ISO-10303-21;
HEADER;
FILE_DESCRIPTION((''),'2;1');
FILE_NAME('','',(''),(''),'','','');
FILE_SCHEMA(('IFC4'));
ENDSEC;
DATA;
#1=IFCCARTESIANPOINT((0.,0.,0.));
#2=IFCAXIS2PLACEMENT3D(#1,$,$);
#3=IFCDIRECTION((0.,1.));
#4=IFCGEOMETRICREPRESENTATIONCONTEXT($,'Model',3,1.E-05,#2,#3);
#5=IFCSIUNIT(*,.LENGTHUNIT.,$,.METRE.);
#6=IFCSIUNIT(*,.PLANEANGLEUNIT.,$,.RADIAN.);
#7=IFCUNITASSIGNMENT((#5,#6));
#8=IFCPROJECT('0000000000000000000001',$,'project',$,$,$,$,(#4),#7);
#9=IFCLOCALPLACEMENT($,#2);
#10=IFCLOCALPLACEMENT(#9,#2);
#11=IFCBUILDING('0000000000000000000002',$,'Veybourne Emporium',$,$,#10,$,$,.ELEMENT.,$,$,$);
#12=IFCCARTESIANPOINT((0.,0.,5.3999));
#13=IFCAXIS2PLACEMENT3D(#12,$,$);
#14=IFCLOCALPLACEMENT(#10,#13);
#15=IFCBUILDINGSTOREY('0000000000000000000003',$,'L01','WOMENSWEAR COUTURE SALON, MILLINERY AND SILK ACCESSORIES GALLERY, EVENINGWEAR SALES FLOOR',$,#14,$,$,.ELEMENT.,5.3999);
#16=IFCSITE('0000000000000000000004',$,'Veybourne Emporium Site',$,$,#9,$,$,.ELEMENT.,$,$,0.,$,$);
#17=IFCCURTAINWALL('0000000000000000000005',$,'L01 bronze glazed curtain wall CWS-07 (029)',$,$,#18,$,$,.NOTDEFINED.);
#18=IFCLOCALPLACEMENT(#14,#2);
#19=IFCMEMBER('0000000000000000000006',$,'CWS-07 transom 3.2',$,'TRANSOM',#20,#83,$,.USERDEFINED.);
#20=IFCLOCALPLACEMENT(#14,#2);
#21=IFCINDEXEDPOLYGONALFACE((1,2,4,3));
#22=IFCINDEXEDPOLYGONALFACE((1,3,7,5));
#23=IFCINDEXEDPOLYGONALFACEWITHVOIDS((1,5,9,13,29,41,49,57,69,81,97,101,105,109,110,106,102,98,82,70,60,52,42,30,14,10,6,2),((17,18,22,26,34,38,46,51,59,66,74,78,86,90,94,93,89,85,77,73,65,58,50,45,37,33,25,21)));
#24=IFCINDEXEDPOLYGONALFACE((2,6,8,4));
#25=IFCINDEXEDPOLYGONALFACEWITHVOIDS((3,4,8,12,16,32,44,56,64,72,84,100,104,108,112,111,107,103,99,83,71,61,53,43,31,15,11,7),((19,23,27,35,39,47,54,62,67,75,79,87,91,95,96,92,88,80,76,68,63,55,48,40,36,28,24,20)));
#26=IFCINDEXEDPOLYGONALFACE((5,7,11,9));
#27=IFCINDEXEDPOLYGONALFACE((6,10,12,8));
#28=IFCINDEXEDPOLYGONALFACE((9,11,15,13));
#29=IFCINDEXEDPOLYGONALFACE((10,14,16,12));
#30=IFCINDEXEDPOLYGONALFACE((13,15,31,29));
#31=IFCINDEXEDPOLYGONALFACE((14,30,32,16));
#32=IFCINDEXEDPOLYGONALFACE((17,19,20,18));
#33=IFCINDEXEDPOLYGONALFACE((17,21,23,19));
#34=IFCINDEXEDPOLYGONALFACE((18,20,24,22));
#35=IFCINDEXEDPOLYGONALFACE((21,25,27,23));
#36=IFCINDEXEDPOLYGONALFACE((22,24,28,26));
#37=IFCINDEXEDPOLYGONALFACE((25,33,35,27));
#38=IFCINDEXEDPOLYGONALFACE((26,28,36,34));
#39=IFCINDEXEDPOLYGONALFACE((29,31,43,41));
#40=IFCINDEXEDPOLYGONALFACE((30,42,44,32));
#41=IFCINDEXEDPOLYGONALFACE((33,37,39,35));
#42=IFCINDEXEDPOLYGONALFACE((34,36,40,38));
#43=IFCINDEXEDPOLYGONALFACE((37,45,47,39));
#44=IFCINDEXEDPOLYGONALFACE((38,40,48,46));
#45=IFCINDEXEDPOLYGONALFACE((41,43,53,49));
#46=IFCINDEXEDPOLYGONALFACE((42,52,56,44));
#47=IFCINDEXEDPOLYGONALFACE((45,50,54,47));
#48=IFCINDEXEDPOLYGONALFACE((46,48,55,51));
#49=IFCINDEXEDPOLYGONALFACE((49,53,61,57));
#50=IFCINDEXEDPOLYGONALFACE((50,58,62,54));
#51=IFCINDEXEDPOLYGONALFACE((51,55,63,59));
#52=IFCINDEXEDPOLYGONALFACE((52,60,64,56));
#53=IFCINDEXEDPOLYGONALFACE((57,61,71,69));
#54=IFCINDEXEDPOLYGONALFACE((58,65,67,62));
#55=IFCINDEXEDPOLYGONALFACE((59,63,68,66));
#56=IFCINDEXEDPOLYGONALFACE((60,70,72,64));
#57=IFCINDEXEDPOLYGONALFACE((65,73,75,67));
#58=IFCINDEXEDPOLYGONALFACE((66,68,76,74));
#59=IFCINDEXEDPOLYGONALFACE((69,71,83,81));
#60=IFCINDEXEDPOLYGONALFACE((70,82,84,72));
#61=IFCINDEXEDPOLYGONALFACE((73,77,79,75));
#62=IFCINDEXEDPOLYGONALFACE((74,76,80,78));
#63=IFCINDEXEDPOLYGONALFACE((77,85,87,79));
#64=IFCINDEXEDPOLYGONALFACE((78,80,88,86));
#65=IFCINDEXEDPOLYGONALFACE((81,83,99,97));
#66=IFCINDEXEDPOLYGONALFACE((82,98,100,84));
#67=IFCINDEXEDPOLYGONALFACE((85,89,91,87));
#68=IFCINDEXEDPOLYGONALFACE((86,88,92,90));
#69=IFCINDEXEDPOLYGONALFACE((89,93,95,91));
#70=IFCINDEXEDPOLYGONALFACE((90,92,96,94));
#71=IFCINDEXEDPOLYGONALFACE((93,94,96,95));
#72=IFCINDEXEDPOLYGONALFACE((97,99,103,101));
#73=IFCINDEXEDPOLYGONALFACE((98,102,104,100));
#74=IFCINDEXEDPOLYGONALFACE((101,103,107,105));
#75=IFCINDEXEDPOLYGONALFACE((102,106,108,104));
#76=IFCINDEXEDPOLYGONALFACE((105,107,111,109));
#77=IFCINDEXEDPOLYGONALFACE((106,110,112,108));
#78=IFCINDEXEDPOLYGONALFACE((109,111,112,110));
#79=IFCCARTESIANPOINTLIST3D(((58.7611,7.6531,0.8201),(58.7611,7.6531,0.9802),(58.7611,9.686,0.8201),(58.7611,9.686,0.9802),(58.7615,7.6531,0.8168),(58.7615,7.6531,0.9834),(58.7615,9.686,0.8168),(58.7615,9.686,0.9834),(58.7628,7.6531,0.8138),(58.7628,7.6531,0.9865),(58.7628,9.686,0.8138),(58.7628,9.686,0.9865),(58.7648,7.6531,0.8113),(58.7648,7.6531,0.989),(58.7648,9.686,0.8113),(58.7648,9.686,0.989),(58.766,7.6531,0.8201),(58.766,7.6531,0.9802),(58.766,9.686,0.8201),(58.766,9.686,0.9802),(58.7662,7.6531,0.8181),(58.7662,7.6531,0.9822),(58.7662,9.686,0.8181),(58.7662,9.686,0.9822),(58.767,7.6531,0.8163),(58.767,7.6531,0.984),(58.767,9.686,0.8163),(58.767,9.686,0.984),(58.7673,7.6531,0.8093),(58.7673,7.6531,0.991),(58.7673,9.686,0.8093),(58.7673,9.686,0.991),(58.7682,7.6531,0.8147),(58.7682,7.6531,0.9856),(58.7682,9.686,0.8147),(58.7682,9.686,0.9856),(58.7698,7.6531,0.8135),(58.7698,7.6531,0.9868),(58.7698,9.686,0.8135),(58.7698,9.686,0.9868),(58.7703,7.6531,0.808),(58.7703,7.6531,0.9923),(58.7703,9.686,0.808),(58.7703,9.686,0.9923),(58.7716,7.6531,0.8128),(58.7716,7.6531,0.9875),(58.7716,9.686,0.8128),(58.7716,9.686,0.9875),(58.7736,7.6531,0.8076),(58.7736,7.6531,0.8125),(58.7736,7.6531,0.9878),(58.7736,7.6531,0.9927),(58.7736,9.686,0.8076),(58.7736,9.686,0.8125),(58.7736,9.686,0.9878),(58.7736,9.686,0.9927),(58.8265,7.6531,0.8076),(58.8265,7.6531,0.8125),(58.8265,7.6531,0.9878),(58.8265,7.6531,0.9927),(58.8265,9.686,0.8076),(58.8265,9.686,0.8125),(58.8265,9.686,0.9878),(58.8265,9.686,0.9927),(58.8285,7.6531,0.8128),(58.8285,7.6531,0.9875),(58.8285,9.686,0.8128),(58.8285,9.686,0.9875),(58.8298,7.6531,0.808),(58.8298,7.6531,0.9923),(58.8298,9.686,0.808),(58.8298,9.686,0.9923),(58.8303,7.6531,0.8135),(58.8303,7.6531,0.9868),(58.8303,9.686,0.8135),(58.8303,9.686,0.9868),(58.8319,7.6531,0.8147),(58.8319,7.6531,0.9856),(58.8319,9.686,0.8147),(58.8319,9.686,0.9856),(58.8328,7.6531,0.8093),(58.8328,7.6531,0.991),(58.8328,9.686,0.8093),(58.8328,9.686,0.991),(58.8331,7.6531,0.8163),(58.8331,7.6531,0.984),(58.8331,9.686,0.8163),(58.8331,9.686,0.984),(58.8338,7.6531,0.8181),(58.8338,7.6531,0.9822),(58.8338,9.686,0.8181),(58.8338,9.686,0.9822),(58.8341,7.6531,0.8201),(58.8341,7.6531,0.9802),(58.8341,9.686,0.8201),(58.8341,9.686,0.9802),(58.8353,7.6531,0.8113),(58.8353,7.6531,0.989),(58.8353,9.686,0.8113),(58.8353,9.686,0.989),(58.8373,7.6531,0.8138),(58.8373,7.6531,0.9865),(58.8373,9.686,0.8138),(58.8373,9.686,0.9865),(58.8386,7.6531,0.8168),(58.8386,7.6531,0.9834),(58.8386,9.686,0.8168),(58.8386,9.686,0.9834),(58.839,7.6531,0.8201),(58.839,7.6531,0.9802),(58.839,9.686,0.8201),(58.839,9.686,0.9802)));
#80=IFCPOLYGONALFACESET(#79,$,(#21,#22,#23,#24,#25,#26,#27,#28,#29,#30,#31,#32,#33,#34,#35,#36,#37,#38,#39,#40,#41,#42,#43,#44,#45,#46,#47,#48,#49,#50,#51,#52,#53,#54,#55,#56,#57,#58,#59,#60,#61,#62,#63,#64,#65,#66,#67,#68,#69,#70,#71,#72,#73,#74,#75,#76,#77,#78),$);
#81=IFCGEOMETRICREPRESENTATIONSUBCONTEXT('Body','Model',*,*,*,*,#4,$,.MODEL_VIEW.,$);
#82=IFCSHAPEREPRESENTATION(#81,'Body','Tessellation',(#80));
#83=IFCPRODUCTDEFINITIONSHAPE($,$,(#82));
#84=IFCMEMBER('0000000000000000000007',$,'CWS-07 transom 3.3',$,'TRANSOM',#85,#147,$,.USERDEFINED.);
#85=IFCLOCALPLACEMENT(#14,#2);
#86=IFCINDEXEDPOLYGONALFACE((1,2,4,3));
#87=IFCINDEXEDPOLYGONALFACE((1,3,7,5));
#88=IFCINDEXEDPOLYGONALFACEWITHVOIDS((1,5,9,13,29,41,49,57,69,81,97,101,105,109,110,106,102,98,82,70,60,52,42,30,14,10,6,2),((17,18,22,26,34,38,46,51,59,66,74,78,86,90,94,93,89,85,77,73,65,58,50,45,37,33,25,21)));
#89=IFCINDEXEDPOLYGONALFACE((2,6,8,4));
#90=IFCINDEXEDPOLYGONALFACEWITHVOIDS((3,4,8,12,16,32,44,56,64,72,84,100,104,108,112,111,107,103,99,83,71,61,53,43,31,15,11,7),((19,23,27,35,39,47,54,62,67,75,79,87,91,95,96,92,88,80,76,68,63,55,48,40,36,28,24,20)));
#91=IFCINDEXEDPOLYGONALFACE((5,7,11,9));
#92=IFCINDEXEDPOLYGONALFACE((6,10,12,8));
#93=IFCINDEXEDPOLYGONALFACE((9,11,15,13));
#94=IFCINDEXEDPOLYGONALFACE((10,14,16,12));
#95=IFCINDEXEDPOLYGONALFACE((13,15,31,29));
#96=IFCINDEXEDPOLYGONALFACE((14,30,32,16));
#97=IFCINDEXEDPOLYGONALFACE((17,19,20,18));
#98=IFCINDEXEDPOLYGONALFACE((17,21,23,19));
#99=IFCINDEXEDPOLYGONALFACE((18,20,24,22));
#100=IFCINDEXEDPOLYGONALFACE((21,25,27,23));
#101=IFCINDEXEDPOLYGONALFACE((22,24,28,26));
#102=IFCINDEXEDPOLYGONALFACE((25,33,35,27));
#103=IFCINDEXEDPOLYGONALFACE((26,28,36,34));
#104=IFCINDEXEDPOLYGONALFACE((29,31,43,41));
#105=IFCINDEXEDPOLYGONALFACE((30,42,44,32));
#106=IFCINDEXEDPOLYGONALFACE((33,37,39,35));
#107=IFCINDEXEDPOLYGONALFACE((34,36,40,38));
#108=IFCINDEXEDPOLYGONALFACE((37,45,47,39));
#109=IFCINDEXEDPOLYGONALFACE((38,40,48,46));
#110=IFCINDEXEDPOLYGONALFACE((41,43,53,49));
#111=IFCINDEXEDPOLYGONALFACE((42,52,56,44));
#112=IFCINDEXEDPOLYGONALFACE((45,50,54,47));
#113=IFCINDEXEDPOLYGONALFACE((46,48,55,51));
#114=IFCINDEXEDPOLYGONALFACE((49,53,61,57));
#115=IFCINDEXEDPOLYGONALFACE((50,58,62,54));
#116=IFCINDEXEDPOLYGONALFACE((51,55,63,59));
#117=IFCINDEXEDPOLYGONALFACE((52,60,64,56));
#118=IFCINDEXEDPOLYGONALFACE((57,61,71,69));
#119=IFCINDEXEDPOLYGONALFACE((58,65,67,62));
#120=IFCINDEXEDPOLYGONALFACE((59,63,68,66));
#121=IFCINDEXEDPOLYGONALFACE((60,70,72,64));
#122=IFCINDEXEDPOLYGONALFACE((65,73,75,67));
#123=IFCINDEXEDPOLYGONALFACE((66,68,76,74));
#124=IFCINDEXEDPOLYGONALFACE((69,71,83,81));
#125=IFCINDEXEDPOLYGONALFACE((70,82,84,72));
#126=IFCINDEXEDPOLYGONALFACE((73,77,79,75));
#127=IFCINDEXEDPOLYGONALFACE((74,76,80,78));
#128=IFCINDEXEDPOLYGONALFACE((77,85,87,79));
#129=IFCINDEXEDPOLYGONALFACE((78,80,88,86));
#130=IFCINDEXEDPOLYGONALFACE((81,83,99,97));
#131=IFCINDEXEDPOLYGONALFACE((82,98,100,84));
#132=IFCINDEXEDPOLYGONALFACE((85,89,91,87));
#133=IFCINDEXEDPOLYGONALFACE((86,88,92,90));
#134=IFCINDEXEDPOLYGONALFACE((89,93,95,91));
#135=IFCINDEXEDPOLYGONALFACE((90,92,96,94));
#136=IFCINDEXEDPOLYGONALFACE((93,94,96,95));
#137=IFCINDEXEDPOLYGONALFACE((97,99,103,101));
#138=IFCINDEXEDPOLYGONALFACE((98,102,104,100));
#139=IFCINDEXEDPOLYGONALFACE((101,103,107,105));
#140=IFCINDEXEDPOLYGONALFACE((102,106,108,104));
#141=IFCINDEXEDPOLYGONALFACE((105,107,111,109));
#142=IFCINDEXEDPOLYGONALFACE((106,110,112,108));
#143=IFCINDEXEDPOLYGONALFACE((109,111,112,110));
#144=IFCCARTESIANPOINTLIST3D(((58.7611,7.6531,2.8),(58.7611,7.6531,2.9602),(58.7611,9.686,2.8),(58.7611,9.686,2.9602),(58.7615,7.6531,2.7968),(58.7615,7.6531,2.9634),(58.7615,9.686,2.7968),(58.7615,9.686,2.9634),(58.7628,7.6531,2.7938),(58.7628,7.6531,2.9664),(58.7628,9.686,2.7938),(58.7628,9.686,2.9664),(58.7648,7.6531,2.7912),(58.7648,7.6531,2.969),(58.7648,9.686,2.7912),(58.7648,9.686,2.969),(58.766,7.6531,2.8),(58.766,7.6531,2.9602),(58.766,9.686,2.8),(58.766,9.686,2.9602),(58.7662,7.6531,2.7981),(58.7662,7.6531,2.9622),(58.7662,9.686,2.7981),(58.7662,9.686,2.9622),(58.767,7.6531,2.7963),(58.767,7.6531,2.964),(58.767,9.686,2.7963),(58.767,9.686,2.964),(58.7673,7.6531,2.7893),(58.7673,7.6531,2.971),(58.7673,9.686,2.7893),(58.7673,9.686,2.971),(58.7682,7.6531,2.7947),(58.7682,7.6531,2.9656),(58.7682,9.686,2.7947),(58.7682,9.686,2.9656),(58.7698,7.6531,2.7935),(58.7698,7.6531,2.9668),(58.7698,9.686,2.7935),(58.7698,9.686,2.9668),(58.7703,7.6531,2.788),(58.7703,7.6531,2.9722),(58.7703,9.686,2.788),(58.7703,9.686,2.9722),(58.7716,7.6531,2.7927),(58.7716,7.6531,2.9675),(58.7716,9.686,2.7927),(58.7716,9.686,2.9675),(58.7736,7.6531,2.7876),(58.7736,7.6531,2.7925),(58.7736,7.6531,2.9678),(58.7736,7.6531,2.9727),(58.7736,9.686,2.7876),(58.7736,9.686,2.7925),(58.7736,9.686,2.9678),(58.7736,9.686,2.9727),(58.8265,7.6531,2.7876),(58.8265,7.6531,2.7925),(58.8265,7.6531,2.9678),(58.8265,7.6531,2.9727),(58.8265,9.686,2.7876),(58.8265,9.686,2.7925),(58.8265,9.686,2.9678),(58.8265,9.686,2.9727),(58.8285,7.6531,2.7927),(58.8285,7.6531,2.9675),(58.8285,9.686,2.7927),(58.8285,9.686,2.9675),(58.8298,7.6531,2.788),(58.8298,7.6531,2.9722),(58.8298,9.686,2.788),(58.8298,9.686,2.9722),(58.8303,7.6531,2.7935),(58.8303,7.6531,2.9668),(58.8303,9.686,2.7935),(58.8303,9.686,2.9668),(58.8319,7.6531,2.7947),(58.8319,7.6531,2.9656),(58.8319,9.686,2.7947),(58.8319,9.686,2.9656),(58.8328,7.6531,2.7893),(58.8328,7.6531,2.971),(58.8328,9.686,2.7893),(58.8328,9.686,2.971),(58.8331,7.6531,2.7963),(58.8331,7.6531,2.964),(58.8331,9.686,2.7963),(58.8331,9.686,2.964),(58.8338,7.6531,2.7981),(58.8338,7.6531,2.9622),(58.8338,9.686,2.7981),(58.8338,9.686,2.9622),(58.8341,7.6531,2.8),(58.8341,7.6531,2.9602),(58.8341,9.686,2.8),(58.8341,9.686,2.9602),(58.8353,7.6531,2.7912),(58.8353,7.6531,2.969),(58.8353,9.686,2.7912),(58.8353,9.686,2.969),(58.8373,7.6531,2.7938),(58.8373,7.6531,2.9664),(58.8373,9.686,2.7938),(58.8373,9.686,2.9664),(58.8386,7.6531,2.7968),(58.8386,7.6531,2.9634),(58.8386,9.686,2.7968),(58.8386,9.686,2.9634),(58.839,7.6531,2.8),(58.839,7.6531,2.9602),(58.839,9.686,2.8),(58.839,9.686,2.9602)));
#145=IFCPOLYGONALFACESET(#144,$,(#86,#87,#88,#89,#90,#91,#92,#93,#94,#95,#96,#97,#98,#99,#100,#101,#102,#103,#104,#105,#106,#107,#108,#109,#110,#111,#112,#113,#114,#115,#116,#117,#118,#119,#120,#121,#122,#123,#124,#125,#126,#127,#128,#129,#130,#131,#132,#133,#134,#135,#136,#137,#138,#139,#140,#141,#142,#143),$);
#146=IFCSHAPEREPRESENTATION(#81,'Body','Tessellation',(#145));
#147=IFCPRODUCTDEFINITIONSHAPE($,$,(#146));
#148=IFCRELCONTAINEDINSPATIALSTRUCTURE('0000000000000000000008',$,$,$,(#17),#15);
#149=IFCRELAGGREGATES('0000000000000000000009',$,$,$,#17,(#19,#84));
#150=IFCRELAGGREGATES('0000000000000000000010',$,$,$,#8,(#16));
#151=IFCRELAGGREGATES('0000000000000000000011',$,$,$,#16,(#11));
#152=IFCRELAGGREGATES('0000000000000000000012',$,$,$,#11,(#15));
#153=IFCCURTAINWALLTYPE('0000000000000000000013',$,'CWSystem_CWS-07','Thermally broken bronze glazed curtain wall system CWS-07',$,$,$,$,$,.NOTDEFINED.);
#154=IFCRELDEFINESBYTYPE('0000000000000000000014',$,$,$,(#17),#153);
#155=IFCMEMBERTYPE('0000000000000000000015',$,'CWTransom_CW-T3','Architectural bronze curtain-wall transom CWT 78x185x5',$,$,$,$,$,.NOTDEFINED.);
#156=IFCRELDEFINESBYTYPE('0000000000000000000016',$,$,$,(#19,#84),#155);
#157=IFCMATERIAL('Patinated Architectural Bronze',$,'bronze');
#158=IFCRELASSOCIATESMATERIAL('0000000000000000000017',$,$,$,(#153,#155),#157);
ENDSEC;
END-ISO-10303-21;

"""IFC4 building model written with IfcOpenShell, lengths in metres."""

from ifc_helpers import new_model, si_unit, direction, frame, origin, origin_2d, place, context, subcontext, project, spatial, hollow_rectangle, extrude, material, material_profile, profile_set, type_object, element, aggregate, save


model = new_model("IFC4")

# Units and contexts
model_context = context("Model", 3, precision=1e-05, world=origin(), true_north=direction((0.0, 1.0)))
body_context = subcontext(model_context, "Body", "Model", "MODEL_VIEW")
ifc_project = project(units=[si_unit("LENGTHUNIT", "METRE"), si_unit("PLANEANGLEUNIT", "RADIAN")], contexts=[model_context])

# Site, building, storey
site_placement = place(None, origin())
site = spatial("IfcSite", under=ifc_project, at=site_placement, Name="Veybourne Emporium Site", CompositionType="ELEMENT", RefElevation=0.0)
building_placement = place(site_placement, origin())
building = spatial("IfcBuilding", under=site, at=building_placement, Name="Veybourne Emporium", CompositionType="ELEMENT")
storey_placement = place(building_placement, frame((0.0, 0.0, 5.3999)))
storey = spatial("IfcBuildingStorey", under=building, at=storey_placement, Name="L01", Description="WOMENSWEAR COUTURE SALON, MILLINERY AND SILK ACCESSORIES GALLERY, EVENINGWEAR SALES FLOOR", CompositionType="ELEMENT", Elevation=5.3999)

# Curtain wall, members
ifc_material_1 = material(Name="Patinated Architectural Bronze", Category="bronze")
curtain_wall_type = type_object("IfcCurtainWallType", Name="CWSystem_CWS-07", Description="Thermally broken bronze glazed curtain wall system CWS-07", PredefinedType="NOTDEFINED", material=ifc_material_1)
curtain_wall_placement = place(storey_placement, origin())
curtain_wall = element("IfcCurtainWall", 1, at=curtain_wall_placement, inside=storey, type_object=curtain_wall_type, Name="L01 bronze glazed curtain wall CWS-07 (029)", PredefinedType="NOTDEFINED")
ifc_material_profile_1 = material_profile(ifc_material_1, hollow_rectangle(XDim=0.0779, YDim=0.1851, WallThickness=0.0049, InnerFilletRadius=0.0076, OuterFilletRadius=0.0125, at=origin_2d()), Name="CWT 78x185x5")
ifc_profile_set_1 = profile_set([ifc_material_profile_1], Name="Patinated Architectural Bronze")
member_type_1 = type_object("IfcMemberType", Name="CWTransom_CW-T3", Description="Architectural bronze curtain-wall transom CWT 78x185x5", PredefinedType="NOTDEFINED", material=ifc_profile_set_1)
member_1_placement = place(storey_placement, frame((58.8, 9.686, 0.9001), z_axis=(0.0, -1.0, 0.0), x_axis=(1.0, 0.0, 0.0)))
member_1 = element("IfcMember", 2, at=member_1_placement, type_object=member_type_1, Name="CWS-07 transom 3.2", ObjectType="TRANSOM", PredefinedType="USERDEFINED", context=body_context, shape_type="SweptSolid", body=[
    extrude(hollow_rectangle(XDim=0.0779, YDim=0.1851, WallThickness=0.0049, InnerFilletRadius=0.0076, OuterFilletRadius=0.0125, at=origin_2d()), origin(), (0.0, 0.0, 1.0), 2.033),
])
member_2_placement = place(storey_placement, frame((58.8, 9.686, 2.8801), z_axis=(0.0, -1.0, 0.0), x_axis=(1.0, 0.0, 0.0)))
member_2 = element("IfcMember", 3, at=member_2_placement, type_object=member_type_1, Name="CWS-07 transom 3.3", ObjectType="TRANSOM", PredefinedType="USERDEFINED", context=body_context, shape_type="SweptSolid", body=[
    extrude(hollow_rectangle(XDim=0.0779, YDim=0.1851, WallThickness=0.0049, InnerFilletRadius=0.0076, OuterFilletRadius=0.0125, at=origin_2d()), origin(), (0.0, 0.0, 1.0), 2.033),
])

aggregate(curtain_wall, [member_1, member_2])

save(model, "model.ifc")
